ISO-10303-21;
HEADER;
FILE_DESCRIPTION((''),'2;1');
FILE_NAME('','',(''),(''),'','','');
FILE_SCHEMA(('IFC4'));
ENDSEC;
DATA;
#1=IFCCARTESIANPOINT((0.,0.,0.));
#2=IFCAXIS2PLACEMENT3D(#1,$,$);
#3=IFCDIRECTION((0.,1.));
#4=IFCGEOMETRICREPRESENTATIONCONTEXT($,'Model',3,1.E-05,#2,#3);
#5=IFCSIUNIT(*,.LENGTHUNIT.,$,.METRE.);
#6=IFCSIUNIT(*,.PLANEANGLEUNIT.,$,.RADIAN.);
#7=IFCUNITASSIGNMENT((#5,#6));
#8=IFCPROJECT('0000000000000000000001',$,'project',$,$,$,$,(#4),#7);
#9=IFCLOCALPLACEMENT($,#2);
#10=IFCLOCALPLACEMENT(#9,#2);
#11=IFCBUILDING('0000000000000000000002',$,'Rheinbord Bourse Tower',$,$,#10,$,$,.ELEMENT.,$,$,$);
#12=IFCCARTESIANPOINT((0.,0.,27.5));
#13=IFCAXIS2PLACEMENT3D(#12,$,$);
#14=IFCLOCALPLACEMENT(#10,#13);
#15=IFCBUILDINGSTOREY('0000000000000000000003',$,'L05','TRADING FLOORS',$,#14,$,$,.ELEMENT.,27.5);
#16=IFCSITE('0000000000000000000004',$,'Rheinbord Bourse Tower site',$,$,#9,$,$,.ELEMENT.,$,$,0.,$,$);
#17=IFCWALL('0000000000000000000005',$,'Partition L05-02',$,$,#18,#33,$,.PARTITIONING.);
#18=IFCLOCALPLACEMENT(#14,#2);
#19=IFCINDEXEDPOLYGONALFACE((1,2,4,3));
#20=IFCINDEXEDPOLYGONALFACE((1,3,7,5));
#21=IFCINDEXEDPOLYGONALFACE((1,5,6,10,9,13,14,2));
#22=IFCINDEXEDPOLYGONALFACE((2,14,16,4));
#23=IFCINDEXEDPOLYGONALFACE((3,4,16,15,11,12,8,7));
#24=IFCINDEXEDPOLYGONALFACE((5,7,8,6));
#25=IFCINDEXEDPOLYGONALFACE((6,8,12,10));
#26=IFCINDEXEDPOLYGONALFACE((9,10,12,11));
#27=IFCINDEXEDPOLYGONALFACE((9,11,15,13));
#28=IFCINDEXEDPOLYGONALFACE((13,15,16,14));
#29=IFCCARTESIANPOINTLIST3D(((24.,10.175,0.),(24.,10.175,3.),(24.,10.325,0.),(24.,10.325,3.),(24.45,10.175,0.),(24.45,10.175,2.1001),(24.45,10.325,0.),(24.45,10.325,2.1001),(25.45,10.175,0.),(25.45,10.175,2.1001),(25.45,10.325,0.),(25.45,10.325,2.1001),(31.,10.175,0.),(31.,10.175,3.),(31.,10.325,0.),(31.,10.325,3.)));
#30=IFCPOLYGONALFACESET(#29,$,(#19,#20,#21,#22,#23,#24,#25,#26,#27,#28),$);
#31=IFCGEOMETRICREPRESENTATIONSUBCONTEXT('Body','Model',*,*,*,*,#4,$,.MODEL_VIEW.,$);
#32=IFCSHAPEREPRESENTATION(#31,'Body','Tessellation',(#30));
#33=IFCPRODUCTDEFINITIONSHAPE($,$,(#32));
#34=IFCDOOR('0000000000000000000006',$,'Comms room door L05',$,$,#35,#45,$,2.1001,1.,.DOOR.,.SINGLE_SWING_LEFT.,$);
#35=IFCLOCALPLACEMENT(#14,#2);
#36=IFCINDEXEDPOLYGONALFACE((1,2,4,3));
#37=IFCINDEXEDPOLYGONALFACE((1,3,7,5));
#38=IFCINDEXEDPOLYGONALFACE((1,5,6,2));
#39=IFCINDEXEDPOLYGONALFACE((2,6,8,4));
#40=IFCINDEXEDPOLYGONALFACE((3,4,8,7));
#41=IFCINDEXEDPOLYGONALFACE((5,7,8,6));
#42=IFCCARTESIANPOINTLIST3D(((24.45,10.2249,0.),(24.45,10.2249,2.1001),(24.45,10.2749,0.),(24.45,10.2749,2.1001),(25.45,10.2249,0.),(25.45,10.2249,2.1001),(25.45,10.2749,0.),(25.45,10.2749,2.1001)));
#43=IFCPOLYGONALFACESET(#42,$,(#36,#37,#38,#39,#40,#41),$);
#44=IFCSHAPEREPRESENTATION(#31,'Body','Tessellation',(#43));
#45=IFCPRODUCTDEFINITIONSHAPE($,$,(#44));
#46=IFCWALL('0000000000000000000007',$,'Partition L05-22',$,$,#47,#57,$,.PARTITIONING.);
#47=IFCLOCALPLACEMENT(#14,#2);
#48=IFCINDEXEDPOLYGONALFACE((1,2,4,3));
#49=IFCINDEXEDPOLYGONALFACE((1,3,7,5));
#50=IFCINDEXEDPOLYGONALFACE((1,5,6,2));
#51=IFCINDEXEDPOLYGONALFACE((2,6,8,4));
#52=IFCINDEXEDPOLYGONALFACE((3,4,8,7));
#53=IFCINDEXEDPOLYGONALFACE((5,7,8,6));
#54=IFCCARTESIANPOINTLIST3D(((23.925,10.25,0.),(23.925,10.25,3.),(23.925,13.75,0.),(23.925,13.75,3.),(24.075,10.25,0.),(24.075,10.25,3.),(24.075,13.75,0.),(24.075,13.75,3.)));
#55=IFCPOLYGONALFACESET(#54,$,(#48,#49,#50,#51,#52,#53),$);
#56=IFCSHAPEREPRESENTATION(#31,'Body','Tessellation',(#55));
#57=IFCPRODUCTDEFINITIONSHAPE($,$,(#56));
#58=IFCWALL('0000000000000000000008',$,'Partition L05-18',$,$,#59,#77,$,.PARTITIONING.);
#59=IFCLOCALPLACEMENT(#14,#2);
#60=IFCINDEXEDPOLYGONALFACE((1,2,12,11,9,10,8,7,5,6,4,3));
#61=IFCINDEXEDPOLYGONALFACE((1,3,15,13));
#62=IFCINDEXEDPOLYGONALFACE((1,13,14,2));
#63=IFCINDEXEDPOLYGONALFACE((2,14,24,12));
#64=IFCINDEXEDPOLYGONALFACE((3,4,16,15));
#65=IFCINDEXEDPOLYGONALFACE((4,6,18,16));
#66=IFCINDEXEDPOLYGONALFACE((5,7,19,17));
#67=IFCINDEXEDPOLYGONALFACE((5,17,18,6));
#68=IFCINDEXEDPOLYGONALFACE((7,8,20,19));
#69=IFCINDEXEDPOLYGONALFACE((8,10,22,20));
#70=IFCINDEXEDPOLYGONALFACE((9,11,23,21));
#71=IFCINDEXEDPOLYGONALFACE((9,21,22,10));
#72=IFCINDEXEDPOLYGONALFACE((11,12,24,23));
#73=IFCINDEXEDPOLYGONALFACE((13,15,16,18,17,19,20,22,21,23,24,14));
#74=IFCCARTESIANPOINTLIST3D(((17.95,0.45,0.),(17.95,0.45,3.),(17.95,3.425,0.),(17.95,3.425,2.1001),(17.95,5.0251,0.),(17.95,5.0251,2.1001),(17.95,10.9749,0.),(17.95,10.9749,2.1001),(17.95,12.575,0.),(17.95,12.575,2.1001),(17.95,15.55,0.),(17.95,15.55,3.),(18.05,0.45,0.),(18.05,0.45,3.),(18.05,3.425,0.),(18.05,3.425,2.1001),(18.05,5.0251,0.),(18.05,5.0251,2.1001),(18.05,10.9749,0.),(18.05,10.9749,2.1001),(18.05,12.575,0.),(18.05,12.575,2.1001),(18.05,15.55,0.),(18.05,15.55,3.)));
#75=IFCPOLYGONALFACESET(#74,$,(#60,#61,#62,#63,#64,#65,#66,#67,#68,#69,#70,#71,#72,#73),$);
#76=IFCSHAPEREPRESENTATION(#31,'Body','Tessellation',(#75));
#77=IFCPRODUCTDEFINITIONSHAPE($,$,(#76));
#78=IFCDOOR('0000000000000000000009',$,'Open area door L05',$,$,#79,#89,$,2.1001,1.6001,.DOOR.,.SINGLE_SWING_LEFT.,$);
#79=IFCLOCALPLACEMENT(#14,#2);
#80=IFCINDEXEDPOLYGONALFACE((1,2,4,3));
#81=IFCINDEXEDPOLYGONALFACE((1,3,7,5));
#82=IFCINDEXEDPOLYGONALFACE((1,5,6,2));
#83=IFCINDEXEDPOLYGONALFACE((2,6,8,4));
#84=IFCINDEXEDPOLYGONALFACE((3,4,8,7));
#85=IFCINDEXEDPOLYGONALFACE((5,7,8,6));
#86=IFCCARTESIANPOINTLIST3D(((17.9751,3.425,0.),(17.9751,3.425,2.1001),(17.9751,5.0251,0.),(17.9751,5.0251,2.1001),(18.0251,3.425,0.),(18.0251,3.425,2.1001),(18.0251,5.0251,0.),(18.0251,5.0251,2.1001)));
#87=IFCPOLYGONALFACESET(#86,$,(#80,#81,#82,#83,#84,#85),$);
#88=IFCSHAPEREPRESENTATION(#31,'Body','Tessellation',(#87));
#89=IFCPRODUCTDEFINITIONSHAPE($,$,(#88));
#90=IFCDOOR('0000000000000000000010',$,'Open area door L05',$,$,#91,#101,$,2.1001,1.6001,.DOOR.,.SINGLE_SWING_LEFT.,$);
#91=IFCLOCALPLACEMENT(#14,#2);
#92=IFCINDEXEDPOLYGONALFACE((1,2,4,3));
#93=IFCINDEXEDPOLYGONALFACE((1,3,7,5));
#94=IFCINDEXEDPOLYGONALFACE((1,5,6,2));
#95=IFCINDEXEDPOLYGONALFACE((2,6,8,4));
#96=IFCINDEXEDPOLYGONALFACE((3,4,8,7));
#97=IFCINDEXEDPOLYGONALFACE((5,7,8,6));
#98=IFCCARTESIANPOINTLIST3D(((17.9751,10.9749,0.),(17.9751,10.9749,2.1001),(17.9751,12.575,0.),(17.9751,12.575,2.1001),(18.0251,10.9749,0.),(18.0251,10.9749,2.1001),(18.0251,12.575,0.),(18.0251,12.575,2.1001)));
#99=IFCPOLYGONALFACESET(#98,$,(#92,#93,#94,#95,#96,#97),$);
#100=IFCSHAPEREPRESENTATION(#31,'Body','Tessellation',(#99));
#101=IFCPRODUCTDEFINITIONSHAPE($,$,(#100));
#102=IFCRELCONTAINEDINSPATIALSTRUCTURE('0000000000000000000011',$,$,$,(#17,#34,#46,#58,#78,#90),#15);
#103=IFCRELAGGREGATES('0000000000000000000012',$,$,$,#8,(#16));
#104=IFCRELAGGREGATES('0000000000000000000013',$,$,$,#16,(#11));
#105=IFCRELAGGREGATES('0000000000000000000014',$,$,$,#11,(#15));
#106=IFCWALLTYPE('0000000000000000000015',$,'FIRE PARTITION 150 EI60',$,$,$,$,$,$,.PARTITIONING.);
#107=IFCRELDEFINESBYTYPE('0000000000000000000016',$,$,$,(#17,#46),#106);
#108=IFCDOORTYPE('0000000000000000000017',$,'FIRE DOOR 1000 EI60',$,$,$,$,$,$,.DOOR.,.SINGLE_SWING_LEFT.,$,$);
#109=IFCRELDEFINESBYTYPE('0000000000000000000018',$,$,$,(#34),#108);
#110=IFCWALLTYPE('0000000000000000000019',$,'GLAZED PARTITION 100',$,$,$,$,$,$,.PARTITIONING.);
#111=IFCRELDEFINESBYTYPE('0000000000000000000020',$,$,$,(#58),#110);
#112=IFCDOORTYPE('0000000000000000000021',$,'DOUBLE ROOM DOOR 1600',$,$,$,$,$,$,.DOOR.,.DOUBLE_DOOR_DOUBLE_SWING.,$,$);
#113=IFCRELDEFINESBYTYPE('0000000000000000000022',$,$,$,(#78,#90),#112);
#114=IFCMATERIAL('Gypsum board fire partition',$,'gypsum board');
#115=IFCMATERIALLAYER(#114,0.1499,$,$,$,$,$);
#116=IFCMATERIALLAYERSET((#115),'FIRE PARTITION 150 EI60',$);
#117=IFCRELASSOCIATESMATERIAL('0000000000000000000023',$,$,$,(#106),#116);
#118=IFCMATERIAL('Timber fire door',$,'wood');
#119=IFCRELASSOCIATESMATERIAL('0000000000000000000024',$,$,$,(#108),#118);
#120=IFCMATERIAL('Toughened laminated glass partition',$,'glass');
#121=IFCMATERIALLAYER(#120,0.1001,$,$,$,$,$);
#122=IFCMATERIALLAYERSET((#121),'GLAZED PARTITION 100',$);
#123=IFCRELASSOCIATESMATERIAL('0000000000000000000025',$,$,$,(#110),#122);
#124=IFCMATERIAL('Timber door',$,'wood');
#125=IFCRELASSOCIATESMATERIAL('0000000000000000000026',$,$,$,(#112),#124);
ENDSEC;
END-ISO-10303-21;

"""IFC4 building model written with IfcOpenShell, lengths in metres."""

from ifc_helpers import new_model, si_unit, direction, frame, frame_2d, origin, place, context, subcontext, project, spatial, rectangle, extrude, material, layer, layer_set, type_object, element, fill, save


model = new_model("IFC4")

# Units and contexts
model_context = context("Model", 3, precision=1e-05, world=origin(), true_north=direction((0.0, 1.0)))
body_context = subcontext(model_context, "Body", "Model", "MODEL_VIEW")
ifc_project = project(units=[si_unit("LENGTHUNIT", "METRE"), si_unit("PLANEANGLEUNIT", "RADIAN")], contexts=[model_context])

# Site, building, storey
site_placement = place(None, origin())
site = spatial("IfcSite", under=ifc_project, at=site_placement, Name="Rheinbord Bourse Tower site", CompositionType="ELEMENT", RefElevation=0.0)
building_placement = place(site_placement, origin())
building = spatial("IfcBuilding", under=site, at=building_placement, Name="Rheinbord Bourse Tower", CompositionType="ELEMENT")
storey_placement = place(building_placement, frame((0.0, 0.0, 27.5)))
storey = spatial("IfcBuildingStorey", under=building, at=storey_placement, Name="L05", Description="TRADING FLOORS", CompositionType="ELEMENT", Elevation=27.5)

# Wall, opening, door
ifc_material_1 = material(Name="Gypsum board fire partition", Category="gypsum board")
ifc_layer_1 = layer(ifc_material_1, 0.1499)
ifc_layer_set_1 = layer_set([ifc_layer_1], Name="FIRE PARTITION 150 EI60")
wall_type_1 = type_object("IfcWallType", Name="FIRE PARTITION 150 EI60", PredefinedType="PARTITIONING", material=ifc_layer_set_1)
wall_1_placement = place(storey_placement, frame((24.0, 10.25, 0.0), z_axis=(0.0, 0.0, 1.0), x_axis=(1.0, 0.0, 0.0)))
wall_1 = element("IfcWall", 1, at=wall_1_placement, inside=storey, type_object=wall_type_1, Name="Partition L05-02", PredefinedType="PARTITIONING", context=body_context, shape_type="SweptSolid", body=[
    extrude(rectangle(XDim=7.0, YDim=0.1499, at=frame_2d((3.5, 0.0))), origin(), (0.0, 0.0, 1.0), 3.0),
])
opening_1_placement = place(wall_1_placement, frame((0.45, 0.0, 0.0)))
opening_1 = element("IfcOpeningElement", 2, at=opening_1_placement, cuts=wall_1, PredefinedType="OPENING", context=body_context, shape_type="SweptSolid", body=[
    extrude(rectangle(XDim=1.0, YDim=2.1001, at=frame_2d((0.5, 1.05))), frame((0.0, 0.085, 0.0), z_axis=(0.0, -1.0, 0.0), x_axis=(1.0, 0.0, 0.0)), (0.0, 0.0, 1.0), 0.1699),
])
ifc_material_2 = material(Name="Timber fire door", Category="wood")
door_type_1 = type_object("IfcDoorType", Name="FIRE DOOR 1000 EI60", OperationType="SINGLE_SWING_LEFT", PredefinedType="DOOR", material=ifc_material_2)
door_1_placement = place(opening_1_placement, origin())
door_1 = element("IfcDoor", 3, at=door_1_placement, inside=storey, type_object=door_type_1, Name="Comms room door L05", OperationType="SINGLE_SWING_LEFT", OverallHeight=2.1001, OverallWidth=1.0, PredefinedType="DOOR", context=body_context, shape_type="SweptSolid", body=[
    extrude(rectangle(XDim=1.0, YDim=2.1001, at=frame_2d((0.5, 1.05))), frame((0.0, 0.0249, 0.0), z_axis=(0.0, -1.0, 0.0), x_axis=(1.0, 0.0, 0.0)), (0.0, 0.0, 1.0), 0.05),
])
fill(opening_1, door_1)

# Wall
wall_2_placement = place(storey_placement, frame((24.0, 10.25, 0.0), z_axis=(0.0, 0.0, 1.0), x_axis=(0.0, 1.0, 0.0)))
element("IfcWall", 4, at=wall_2_placement, inside=storey, type_object=wall_type_1, Name="Partition L05-22", PredefinedType="PARTITIONING", context=body_context, shape_type="SweptSolid", body=[
    extrude(rectangle(XDim=3.5, YDim=0.1499, at=frame_2d((1.75, 0.0))), origin(), (0.0, 0.0, 1.0), 3.0),
])

# Wall, openings, doors
ifc_material_3 = material(Name="Toughened laminated glass partition", Category="glass")
ifc_layer_2 = layer(ifc_material_3, 0.1001)
ifc_layer_set_2 = layer_set([ifc_layer_2], Name="GLAZED PARTITION 100")
wall_type_2 = type_object("IfcWallType", Name="GLAZED PARTITION 100", PredefinedType="PARTITIONING", material=ifc_layer_set_2)
wall_3_placement = place(storey_placement, frame((18.0, 0.45, 0.0), z_axis=(0.0, 0.0, 1.0), x_axis=(0.0, 1.0, 0.0)))
wall_3 = element("IfcWall", 5, at=wall_3_placement, inside=storey, type_object=wall_type_2, Name="Partition L05-18", PredefinedType="PARTITIONING", context=body_context, shape_type="SweptSolid", body=[
    extrude(rectangle(XDim=15.1001, YDim=0.1001, at=frame_2d((7.55, 0.0))), origin(), (0.0, 0.0, 1.0), 3.0),
])
opening_2_placement = place(wall_3_placement, frame((2.9751, 0.0, 0.0)))
opening_2 = element("IfcOpeningElement", 6, at=opening_2_placement, cuts=wall_3, PredefinedType="OPENING", context=body_context, shape_type="SweptSolid", body=[
    extrude(rectangle(XDim=1.6001, YDim=2.1001, at=frame_2d((0.8, 1.05))), frame((0.0, 0.0601, 0.0), z_axis=(0.0, -1.0, 0.0), x_axis=(1.0, 0.0, 0.0)), (0.0, 0.0, 1.0), 0.1201),
])
opening_3_placement = place(wall_3_placement, frame((10.5249, 0.0, 0.0)))
opening_3 = element("IfcOpeningElement", 7, at=opening_3_placement, cuts=wall_3, PredefinedType="OPENING", context=body_context, shape_type="SweptSolid", body=[
    extrude(rectangle(XDim=1.6001, YDim=2.1001, at=frame_2d((0.8, 1.05))), frame((0.0, 0.0601, 0.0), z_axis=(0.0, -1.0, 0.0), x_axis=(1.0, 0.0, 0.0)), (0.0, 0.0, 1.0), 0.1201),
])
ifc_material_4 = material(Name="Timber door", Category="wood")
door_type_2 = type_object("IfcDoorType", Name="DOUBLE ROOM DOOR 1600", OperationType="DOUBLE_DOOR_DOUBLE_SWING", PredefinedType="DOOR", material=ifc_material_4)
door_2_placement = place(opening_2_placement, origin())
door_2 = element("IfcDoor", 8, at=door_2_placement, inside=storey, type_object=door_type_2, Name="Open area door L05", OperationType="SINGLE_SWING_LEFT", OverallHeight=2.1001, OverallWidth=1.6001, PredefinedType="DOOR", context=body_context, shape_type="SweptSolid", body=[
    extrude(rectangle(XDim=1.6001, YDim=2.1001, at=frame_2d((0.8, 1.05))), frame((0.0, 0.0249, 0.0), z_axis=(0.0, -1.0, 0.0), x_axis=(1.0, 0.0, 0.0)), (0.0, 0.0, 1.0), 0.05),
])
fill(opening_2, door_2)
door_3_placement = place(opening_3_placement, origin())
door_3 = element("IfcDoor", 9, at=door_3_placement, inside=storey, type_object=door_type_2, Name="Open area door L05", OperationType="SINGLE_SWING_LEFT", OverallHeight=2.1001, OverallWidth=1.6001, PredefinedType="DOOR", context=body_context, shape_type="SweptSolid", body=[
    extrude(rectangle(XDim=1.6001, YDim=2.1001, at=frame_2d((0.8, 1.05))), frame((0.0, 0.0249, 0.0), z_axis=(0.0, -1.0, 0.0), x_axis=(1.0, 0.0, 0.0)), (0.0, 0.0, 1.0), 0.05),
])
fill(opening_3, door_3)

save(model, "model.ifc")
